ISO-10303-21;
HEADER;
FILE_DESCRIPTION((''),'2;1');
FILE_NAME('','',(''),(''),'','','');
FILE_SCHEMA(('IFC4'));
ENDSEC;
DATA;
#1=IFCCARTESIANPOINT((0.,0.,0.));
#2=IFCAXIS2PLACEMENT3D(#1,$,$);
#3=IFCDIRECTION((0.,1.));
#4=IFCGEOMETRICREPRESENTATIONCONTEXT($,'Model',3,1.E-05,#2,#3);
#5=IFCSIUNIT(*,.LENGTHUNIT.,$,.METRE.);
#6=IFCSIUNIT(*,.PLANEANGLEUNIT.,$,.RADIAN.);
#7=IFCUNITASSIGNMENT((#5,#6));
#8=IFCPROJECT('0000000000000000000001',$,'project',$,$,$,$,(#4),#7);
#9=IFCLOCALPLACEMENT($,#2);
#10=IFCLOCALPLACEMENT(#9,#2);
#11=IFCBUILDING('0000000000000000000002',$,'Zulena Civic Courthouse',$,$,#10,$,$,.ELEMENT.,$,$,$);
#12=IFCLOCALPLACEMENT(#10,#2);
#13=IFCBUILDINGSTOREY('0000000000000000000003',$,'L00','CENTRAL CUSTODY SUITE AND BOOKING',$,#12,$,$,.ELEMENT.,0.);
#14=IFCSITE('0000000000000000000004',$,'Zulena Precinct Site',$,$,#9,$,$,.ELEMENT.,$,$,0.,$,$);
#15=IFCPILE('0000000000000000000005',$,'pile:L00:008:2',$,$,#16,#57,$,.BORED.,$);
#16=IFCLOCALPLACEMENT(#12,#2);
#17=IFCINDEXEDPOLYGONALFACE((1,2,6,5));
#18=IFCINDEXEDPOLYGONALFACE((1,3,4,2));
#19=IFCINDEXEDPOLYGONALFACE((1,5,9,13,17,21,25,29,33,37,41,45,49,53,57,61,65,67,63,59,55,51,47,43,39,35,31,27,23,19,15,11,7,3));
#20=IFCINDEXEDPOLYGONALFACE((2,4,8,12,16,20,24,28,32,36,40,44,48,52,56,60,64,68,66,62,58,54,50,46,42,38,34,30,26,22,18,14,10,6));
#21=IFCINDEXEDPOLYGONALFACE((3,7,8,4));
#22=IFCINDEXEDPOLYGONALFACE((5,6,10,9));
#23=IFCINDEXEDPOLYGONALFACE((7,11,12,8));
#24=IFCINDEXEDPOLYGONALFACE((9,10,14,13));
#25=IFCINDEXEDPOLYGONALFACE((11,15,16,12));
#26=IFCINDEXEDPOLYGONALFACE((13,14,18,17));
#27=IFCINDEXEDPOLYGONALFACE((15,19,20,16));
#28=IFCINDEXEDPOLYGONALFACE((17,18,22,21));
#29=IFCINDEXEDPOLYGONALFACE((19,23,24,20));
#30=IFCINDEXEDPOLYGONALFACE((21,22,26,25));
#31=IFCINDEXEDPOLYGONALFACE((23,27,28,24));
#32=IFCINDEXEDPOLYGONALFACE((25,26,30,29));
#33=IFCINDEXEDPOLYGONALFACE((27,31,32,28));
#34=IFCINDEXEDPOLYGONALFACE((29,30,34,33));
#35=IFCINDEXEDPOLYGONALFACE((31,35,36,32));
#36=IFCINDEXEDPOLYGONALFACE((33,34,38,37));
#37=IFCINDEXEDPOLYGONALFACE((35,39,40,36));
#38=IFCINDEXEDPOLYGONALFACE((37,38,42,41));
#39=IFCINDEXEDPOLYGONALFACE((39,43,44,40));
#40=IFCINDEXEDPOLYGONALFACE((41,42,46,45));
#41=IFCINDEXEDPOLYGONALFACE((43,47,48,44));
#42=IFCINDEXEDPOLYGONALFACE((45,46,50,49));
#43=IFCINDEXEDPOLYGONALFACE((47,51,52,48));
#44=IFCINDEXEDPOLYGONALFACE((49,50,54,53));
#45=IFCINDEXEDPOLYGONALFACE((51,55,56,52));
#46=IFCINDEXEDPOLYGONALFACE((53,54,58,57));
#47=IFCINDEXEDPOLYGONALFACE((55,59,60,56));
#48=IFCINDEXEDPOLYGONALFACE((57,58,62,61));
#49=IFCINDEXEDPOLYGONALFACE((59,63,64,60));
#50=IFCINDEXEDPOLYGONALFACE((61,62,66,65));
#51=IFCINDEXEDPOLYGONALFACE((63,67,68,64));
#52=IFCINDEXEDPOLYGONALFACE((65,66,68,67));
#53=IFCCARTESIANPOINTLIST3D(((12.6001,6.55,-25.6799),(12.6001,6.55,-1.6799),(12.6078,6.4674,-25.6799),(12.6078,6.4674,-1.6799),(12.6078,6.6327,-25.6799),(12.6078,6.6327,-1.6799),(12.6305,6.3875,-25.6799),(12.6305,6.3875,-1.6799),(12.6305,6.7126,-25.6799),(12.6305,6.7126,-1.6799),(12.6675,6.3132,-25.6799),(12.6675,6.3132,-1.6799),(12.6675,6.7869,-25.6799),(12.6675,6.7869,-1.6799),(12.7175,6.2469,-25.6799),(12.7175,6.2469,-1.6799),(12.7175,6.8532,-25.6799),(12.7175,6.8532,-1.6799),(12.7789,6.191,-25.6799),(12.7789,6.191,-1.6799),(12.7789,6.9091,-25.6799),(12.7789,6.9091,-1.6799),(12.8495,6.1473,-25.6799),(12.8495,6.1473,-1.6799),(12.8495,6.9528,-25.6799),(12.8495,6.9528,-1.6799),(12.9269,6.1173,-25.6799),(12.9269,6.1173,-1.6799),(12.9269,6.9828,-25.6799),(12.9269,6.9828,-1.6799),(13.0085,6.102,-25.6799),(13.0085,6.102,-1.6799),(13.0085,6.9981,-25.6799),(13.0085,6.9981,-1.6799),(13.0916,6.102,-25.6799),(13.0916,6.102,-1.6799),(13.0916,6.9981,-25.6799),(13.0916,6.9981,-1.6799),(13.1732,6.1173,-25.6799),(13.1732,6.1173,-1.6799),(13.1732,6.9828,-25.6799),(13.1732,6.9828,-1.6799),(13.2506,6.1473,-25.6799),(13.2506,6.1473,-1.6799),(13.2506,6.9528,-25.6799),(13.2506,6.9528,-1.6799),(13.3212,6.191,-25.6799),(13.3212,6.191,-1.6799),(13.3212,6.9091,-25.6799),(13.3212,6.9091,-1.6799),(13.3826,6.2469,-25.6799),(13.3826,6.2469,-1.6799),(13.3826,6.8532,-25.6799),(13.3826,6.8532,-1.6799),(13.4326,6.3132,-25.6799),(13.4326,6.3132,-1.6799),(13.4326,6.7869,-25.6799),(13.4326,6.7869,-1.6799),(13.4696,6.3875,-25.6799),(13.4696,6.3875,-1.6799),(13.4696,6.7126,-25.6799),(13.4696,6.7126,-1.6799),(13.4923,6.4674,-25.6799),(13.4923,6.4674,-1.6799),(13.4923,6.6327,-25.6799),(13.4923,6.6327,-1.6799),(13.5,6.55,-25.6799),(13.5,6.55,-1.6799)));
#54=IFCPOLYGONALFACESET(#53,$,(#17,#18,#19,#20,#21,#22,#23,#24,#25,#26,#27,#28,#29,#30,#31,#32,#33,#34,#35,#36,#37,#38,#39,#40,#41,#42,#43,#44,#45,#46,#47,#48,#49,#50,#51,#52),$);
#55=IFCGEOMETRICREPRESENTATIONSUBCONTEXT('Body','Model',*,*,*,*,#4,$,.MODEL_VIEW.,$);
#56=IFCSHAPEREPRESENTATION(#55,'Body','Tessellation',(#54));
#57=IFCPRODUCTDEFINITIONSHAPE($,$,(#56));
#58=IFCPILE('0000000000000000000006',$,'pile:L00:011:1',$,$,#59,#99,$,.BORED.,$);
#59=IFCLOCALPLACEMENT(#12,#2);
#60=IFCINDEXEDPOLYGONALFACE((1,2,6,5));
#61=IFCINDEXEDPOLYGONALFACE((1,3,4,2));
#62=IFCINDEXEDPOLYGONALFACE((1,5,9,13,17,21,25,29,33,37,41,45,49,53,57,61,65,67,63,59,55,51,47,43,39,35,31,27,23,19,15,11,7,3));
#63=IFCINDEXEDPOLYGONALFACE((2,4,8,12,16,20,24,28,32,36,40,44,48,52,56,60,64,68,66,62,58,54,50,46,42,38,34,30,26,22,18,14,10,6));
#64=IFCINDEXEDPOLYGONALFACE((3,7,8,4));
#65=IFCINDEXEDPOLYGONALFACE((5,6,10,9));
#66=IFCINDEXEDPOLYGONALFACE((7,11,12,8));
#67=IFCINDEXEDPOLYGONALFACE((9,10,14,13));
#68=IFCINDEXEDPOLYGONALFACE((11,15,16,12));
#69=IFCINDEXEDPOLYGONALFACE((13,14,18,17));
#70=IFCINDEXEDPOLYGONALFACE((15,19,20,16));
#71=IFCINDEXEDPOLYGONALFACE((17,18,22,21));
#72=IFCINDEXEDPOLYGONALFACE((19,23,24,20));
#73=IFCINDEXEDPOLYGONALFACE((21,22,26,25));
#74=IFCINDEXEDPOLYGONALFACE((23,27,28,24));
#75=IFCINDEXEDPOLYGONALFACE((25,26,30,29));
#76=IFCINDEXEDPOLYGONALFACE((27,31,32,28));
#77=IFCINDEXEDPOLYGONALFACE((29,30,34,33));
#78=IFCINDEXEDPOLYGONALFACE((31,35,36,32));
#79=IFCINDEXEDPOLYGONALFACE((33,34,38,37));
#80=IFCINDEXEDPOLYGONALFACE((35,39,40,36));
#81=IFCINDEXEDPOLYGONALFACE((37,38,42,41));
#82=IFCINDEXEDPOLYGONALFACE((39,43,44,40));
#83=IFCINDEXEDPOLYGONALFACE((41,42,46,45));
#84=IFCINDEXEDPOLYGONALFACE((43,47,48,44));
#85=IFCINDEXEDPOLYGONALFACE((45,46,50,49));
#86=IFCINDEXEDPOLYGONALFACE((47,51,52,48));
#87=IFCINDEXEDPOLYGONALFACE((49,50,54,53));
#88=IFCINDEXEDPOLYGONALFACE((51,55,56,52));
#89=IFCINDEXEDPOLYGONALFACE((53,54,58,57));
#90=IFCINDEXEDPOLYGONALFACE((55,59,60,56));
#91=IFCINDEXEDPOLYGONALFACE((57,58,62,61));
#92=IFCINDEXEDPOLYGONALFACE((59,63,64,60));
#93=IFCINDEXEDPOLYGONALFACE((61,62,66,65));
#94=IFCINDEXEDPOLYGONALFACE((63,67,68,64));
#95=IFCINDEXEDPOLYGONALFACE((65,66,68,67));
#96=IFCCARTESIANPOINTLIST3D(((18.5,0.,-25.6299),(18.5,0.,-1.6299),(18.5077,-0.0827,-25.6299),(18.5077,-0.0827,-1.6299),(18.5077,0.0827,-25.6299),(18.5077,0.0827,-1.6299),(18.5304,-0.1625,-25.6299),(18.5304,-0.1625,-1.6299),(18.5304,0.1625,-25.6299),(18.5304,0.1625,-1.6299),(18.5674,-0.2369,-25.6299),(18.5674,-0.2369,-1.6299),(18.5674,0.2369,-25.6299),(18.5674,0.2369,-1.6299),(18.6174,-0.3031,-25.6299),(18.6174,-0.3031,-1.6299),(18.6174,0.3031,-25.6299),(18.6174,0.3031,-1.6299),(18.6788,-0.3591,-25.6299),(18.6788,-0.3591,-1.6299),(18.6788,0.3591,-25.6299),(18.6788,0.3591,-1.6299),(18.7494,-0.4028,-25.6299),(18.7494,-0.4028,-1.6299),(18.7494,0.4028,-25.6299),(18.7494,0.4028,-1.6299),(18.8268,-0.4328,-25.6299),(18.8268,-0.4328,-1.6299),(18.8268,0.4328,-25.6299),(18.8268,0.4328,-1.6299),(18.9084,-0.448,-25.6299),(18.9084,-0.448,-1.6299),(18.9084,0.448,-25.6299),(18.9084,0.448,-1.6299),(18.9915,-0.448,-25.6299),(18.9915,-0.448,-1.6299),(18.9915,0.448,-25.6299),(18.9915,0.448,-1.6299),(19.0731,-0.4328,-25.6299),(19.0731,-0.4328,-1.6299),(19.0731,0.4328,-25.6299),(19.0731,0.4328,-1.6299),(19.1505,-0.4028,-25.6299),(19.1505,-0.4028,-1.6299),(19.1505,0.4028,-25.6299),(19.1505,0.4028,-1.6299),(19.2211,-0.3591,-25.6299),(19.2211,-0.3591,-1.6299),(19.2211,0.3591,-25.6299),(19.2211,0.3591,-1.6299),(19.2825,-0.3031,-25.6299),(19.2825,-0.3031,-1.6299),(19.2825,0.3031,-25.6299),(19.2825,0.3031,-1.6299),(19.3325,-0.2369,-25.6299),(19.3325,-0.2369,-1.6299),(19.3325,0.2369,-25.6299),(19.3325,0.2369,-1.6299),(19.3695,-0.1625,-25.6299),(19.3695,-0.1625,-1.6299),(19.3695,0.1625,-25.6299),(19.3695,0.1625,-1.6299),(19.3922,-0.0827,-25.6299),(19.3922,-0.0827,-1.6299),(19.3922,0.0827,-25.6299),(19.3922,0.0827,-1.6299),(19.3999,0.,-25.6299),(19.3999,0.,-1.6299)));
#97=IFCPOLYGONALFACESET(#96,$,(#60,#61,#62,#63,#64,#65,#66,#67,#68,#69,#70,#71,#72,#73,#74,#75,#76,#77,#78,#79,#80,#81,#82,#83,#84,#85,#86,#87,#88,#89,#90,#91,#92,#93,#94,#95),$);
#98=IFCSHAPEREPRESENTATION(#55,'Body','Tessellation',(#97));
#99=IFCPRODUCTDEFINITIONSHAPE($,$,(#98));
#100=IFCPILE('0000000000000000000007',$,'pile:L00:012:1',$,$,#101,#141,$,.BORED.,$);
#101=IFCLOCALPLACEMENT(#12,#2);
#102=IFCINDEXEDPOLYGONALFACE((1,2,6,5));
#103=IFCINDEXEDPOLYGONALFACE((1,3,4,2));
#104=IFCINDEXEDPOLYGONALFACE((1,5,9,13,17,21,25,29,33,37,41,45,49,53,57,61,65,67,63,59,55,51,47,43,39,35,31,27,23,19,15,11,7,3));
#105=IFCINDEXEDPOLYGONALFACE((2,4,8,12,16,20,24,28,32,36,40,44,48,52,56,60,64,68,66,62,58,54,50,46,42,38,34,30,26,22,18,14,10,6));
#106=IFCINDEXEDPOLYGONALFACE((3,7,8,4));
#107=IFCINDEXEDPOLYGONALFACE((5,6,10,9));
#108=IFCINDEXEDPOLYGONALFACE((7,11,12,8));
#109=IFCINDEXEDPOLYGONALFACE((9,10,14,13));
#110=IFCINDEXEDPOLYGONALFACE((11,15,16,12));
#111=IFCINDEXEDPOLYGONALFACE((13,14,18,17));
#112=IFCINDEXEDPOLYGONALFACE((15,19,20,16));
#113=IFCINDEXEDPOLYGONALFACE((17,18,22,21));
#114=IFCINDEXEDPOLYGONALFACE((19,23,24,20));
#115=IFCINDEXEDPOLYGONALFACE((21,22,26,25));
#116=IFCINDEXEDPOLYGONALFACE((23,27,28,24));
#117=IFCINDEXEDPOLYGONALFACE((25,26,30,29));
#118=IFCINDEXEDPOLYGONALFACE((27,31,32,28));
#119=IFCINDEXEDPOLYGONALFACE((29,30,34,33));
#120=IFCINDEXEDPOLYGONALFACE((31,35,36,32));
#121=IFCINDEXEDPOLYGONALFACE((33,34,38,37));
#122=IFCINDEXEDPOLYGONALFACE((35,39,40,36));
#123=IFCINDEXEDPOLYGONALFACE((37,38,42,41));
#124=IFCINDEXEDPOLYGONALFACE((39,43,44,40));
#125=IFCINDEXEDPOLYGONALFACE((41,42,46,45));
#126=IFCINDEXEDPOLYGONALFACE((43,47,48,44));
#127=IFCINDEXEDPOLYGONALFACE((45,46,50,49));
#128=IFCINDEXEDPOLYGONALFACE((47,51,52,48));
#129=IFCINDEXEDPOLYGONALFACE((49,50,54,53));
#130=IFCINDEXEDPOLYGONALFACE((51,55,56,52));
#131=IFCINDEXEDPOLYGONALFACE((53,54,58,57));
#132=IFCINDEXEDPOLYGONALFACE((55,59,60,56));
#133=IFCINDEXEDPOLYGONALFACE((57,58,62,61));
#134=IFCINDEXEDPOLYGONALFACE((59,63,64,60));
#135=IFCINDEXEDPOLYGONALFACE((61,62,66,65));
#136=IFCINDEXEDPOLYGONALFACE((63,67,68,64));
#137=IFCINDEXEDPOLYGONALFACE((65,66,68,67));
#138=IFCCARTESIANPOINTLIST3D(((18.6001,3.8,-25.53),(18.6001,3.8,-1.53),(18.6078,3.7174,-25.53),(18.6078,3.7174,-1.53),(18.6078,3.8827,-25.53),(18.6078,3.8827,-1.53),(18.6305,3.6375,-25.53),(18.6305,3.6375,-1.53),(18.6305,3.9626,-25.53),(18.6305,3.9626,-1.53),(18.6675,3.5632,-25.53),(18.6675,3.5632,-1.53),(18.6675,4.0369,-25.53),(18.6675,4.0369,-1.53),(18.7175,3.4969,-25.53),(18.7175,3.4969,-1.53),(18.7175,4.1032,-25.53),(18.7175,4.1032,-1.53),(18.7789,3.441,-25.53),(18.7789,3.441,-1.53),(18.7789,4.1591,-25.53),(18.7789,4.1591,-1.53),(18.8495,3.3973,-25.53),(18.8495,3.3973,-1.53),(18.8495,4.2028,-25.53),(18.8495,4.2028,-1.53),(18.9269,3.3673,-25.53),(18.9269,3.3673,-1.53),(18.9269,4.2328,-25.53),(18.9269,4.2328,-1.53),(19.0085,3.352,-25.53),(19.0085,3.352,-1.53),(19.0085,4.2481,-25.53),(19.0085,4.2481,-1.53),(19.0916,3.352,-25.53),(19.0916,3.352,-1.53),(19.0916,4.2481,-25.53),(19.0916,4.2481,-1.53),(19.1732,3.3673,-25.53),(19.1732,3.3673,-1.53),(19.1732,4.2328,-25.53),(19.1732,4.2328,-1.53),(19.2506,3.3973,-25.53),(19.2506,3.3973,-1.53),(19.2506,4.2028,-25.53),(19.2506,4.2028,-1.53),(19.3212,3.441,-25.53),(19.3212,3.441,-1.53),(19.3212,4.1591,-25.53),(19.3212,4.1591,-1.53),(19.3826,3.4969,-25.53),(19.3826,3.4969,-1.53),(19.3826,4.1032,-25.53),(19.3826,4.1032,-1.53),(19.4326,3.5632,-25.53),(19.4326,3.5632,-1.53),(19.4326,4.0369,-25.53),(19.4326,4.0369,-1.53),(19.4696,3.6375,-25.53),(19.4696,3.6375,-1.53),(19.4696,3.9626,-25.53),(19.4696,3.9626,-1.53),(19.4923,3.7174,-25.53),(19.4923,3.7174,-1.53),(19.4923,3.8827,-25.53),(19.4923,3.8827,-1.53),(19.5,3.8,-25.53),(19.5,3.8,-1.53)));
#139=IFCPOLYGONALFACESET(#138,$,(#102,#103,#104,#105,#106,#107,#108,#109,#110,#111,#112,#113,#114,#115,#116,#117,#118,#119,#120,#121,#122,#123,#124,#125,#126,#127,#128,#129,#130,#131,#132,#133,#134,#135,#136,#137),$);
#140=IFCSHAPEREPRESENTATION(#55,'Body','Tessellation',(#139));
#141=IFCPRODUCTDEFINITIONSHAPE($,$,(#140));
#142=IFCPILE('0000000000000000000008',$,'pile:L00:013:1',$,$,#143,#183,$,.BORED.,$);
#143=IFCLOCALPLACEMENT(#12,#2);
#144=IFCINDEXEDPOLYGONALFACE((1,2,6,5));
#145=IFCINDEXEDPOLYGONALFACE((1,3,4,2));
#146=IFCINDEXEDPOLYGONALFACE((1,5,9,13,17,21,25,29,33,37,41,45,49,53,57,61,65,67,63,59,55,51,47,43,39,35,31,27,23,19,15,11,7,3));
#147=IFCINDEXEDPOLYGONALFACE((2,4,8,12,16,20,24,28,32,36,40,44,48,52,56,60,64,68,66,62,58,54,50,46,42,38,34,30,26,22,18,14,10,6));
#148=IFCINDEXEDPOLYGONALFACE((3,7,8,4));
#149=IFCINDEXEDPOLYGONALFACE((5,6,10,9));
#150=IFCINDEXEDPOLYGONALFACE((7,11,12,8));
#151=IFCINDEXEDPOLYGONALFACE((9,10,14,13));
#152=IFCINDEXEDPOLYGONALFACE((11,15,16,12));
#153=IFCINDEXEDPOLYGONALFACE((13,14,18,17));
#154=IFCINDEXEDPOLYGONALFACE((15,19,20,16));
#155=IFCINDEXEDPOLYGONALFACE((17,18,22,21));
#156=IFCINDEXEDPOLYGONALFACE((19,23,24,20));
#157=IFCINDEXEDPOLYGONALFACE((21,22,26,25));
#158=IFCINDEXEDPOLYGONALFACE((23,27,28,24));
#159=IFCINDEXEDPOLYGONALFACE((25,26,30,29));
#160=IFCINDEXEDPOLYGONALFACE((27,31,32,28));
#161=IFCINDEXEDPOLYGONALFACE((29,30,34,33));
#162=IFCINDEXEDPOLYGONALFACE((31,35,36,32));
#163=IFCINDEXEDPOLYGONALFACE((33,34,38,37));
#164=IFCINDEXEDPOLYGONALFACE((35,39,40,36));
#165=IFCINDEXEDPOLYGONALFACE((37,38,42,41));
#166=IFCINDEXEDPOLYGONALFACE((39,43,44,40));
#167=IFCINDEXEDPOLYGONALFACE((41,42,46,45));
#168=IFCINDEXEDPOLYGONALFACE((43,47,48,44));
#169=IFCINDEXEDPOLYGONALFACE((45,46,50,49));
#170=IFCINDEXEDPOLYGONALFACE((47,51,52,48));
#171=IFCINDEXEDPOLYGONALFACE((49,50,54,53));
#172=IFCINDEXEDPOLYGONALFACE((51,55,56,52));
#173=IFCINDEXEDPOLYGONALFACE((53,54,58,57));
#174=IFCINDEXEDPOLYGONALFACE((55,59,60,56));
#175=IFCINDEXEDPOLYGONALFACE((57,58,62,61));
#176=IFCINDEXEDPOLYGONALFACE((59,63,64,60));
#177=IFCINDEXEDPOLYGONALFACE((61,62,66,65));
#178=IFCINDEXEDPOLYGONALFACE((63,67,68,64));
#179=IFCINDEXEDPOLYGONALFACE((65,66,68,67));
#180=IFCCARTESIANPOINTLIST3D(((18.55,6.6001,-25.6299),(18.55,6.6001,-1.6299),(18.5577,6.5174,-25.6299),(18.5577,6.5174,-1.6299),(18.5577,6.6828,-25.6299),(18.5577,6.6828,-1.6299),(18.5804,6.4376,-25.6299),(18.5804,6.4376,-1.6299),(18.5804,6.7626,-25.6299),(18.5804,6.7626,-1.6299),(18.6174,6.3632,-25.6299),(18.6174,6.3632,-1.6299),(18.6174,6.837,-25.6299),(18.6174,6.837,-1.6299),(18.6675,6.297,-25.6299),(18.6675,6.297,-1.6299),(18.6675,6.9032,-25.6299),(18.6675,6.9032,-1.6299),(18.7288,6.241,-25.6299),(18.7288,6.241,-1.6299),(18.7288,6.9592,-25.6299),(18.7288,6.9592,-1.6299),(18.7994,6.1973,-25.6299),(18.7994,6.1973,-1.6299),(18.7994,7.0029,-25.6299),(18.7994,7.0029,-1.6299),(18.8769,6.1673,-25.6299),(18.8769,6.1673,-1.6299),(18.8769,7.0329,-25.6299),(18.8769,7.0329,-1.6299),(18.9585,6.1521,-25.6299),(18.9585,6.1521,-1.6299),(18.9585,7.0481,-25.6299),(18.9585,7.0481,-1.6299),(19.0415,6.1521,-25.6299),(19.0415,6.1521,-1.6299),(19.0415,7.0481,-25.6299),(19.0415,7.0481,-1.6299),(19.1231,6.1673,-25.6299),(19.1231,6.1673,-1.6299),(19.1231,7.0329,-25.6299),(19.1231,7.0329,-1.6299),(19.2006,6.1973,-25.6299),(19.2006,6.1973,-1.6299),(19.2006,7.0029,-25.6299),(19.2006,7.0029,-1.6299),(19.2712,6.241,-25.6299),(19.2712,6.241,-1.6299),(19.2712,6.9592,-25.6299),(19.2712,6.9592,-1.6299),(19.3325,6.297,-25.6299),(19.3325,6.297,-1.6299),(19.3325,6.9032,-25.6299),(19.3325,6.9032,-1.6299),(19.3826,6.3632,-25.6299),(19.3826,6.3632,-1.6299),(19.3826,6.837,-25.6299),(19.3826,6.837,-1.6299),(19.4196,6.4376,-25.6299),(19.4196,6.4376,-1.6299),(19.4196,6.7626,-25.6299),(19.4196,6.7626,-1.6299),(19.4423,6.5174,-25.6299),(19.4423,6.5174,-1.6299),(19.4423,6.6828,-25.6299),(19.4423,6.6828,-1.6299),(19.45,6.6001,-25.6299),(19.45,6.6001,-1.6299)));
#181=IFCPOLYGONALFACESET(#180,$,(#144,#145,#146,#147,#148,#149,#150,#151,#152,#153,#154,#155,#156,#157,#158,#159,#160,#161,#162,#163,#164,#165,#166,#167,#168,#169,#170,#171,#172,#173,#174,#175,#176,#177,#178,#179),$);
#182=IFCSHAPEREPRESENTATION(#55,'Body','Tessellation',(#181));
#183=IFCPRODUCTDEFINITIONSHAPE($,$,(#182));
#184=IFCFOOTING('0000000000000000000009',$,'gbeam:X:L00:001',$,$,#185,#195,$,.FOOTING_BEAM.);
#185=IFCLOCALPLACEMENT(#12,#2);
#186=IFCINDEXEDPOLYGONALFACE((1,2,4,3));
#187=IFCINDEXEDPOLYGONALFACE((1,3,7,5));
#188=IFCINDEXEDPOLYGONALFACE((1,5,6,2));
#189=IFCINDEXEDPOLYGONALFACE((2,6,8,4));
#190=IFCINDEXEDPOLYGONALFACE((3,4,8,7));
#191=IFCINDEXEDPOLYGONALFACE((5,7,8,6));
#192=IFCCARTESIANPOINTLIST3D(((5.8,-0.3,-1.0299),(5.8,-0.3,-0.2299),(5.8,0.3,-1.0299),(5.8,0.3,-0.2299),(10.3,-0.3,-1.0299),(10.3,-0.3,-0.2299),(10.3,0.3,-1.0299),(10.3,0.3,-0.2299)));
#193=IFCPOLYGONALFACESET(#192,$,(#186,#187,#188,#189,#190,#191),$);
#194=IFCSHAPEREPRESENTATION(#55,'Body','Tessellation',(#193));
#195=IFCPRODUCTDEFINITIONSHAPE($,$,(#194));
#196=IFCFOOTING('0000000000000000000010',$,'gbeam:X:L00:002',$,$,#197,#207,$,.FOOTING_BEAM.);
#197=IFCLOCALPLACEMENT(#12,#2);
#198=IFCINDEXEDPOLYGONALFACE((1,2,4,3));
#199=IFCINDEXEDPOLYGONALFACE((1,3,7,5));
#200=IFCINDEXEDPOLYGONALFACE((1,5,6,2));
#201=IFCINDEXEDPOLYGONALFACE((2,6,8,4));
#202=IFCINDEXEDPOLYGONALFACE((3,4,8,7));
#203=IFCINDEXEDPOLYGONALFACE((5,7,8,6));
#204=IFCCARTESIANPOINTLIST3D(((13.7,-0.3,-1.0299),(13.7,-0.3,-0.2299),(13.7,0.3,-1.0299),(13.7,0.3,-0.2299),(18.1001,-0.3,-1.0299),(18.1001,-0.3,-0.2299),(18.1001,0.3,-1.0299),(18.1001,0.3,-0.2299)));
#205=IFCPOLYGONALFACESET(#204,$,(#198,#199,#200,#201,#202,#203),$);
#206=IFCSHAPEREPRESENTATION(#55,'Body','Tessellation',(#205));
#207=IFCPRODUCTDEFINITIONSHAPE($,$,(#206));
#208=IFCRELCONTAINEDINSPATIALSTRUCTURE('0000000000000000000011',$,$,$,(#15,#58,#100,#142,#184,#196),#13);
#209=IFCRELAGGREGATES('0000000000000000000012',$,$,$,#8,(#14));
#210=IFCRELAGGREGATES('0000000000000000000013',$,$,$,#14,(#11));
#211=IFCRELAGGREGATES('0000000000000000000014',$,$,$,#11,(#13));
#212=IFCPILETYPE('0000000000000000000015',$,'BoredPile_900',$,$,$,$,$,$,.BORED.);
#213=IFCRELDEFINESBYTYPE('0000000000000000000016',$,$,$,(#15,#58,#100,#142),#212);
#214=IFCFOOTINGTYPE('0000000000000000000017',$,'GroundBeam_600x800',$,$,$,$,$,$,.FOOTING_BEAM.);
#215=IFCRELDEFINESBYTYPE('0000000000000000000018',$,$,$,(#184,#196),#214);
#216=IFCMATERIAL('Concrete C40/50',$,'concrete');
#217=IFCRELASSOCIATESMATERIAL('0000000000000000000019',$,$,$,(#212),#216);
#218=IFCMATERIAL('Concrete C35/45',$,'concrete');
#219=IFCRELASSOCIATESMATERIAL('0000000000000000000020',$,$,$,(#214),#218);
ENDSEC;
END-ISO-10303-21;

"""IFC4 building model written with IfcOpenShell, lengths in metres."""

from ifc_helpers import new_model, si_unit, direction, frame, origin, origin_2d, place, context, subcontext, project, spatial, rectangle, circle, extrude, material, material_profile, profile_set, type_object, element, save


model = new_model("IFC4")

# Units and contexts
model_context = context("Model", 3, precision=1e-05, world=origin(), true_north=direction((0.0, 1.0)))
body_context = subcontext(model_context, "Body", "Model", "MODEL_VIEW")
ifc_project = project(units=[si_unit("LENGTHUNIT", "METRE"), si_unit("PLANEANGLEUNIT", "RADIAN")], contexts=[model_context])

# Site, building, storey
site_placement = place(None, origin())
site = spatial("IfcSite", under=ifc_project, at=site_placement, Name="Zulena Precinct Site", CompositionType="ELEMENT", RefElevation=0.0)
building_placement = place(site_placement, origin())
building = spatial("IfcBuilding", under=site, at=building_placement, Name="Zulena Civic Courthouse", CompositionType="ELEMENT")
storey_placement = place(building_placement, origin())
storey = spatial("IfcBuildingStorey", under=building, at=storey_placement, Name="L00", Description="CENTRAL CUSTODY SUITE AND BOOKING", CompositionType="ELEMENT", Elevation=0.0)

# Piles
ifc_material_1 = material(Name="Concrete C40/50", Category="concrete")
ifc_material_profile_1 = material_profile(ifc_material_1, circle(Radius=0.45, at=origin_2d()), Name="PILE900")
ifc_profile_set_1 = profile_set([ifc_material_profile_1], Name="Concrete C40/50")
pile_type = type_object("IfcPileType", Name="BoredPile_900", PredefinedType="BORED", material=ifc_profile_set_1)
for number, where, z_axis, x_axis, name in (
    (1, (13.05, 6.55, -1.6799), (0.0, 0.0, -1.0), (1.0, 0.0, 0.0), "pile:L00:008:2"),
    (2, (18.95, 0.0, -1.6299), (0.0, 0.0, -1.0), (1.0, 0.0, 0.0), "pile:L00:011:1"),
    (3, (19.05, 3.8, -1.53), (0.0, 0.0, -1.0), (1.0, 0.0, 0.0), "pile:L00:012:1"),
    (4, (19.0, 6.6001, -1.6299), (0.0, 0.0, -1.0), (1.0, 0.0, 0.0), "pile:L00:013:1"),
):
    element("IfcPile", number, at=place(storey_placement, frame(where, z_axis=z_axis, x_axis=x_axis)), inside=storey, type_object=pile_type, Name=name, PredefinedType="BORED", context=body_context, shape_type="SweptSolid", body=[
        extrude(circle(Radius=0.45, at=origin_2d()), origin(), (0.0, 0.0, 1.0), 24.0),
    ])

# Footings
ifc_material_2 = material(Name="Concrete C35/45", Category="concrete")
ifc_material_profile_2 = material_profile(ifc_material_2, rectangle(XDim=0.6001, YDim=0.8, at=origin_2d()), Name="RC600X800")
ifc_profile_set_2 = profile_set([ifc_material_profile_2], Name="Concrete C35/45")
footing_type_1 = type_object("IfcFootingType", Name="GroundBeam_600x800", PredefinedType="FOOTING_BEAM", material=ifc_profile_set_2)
footing_1_placement = place(storey_placement, frame((5.8, 0.0, -0.6299), z_axis=(1.0, 0.0, 0.0), x_axis=(0.0, 1.0, 0.0)))
element("IfcFooting", 5, at=footing_1_placement, inside=storey, type_object=footing_type_1, Name="gbeam:X:L00:001", PredefinedType="FOOTING_BEAM", context=body_context, shape_type="SweptSolid", body=[
    extrude(rectangle(XDim=0.6001, YDim=0.8, at=origin_2d()), origin(), (0.0, 0.0, 1.0), 4.5),
])
footing_2_placement = place(storey_placement, frame((13.7, 0.0, -0.6299), z_axis=(1.0, 0.0, 0.0), x_axis=(0.0, 1.0, 0.0)))
element("IfcFooting", 6, at=footing_2_placement, inside=storey, type_object=footing_type_1, Name="gbeam:X:L00:002", PredefinedType="FOOTING_BEAM", context=body_context, shape_type="SweptSolid", body=[
    extrude(rectangle(XDim=0.6001, YDim=0.8, at=origin_2d()), origin(), (0.0, 0.0, 1.0), 4.4001),
])

save(model, "model.ifc")
